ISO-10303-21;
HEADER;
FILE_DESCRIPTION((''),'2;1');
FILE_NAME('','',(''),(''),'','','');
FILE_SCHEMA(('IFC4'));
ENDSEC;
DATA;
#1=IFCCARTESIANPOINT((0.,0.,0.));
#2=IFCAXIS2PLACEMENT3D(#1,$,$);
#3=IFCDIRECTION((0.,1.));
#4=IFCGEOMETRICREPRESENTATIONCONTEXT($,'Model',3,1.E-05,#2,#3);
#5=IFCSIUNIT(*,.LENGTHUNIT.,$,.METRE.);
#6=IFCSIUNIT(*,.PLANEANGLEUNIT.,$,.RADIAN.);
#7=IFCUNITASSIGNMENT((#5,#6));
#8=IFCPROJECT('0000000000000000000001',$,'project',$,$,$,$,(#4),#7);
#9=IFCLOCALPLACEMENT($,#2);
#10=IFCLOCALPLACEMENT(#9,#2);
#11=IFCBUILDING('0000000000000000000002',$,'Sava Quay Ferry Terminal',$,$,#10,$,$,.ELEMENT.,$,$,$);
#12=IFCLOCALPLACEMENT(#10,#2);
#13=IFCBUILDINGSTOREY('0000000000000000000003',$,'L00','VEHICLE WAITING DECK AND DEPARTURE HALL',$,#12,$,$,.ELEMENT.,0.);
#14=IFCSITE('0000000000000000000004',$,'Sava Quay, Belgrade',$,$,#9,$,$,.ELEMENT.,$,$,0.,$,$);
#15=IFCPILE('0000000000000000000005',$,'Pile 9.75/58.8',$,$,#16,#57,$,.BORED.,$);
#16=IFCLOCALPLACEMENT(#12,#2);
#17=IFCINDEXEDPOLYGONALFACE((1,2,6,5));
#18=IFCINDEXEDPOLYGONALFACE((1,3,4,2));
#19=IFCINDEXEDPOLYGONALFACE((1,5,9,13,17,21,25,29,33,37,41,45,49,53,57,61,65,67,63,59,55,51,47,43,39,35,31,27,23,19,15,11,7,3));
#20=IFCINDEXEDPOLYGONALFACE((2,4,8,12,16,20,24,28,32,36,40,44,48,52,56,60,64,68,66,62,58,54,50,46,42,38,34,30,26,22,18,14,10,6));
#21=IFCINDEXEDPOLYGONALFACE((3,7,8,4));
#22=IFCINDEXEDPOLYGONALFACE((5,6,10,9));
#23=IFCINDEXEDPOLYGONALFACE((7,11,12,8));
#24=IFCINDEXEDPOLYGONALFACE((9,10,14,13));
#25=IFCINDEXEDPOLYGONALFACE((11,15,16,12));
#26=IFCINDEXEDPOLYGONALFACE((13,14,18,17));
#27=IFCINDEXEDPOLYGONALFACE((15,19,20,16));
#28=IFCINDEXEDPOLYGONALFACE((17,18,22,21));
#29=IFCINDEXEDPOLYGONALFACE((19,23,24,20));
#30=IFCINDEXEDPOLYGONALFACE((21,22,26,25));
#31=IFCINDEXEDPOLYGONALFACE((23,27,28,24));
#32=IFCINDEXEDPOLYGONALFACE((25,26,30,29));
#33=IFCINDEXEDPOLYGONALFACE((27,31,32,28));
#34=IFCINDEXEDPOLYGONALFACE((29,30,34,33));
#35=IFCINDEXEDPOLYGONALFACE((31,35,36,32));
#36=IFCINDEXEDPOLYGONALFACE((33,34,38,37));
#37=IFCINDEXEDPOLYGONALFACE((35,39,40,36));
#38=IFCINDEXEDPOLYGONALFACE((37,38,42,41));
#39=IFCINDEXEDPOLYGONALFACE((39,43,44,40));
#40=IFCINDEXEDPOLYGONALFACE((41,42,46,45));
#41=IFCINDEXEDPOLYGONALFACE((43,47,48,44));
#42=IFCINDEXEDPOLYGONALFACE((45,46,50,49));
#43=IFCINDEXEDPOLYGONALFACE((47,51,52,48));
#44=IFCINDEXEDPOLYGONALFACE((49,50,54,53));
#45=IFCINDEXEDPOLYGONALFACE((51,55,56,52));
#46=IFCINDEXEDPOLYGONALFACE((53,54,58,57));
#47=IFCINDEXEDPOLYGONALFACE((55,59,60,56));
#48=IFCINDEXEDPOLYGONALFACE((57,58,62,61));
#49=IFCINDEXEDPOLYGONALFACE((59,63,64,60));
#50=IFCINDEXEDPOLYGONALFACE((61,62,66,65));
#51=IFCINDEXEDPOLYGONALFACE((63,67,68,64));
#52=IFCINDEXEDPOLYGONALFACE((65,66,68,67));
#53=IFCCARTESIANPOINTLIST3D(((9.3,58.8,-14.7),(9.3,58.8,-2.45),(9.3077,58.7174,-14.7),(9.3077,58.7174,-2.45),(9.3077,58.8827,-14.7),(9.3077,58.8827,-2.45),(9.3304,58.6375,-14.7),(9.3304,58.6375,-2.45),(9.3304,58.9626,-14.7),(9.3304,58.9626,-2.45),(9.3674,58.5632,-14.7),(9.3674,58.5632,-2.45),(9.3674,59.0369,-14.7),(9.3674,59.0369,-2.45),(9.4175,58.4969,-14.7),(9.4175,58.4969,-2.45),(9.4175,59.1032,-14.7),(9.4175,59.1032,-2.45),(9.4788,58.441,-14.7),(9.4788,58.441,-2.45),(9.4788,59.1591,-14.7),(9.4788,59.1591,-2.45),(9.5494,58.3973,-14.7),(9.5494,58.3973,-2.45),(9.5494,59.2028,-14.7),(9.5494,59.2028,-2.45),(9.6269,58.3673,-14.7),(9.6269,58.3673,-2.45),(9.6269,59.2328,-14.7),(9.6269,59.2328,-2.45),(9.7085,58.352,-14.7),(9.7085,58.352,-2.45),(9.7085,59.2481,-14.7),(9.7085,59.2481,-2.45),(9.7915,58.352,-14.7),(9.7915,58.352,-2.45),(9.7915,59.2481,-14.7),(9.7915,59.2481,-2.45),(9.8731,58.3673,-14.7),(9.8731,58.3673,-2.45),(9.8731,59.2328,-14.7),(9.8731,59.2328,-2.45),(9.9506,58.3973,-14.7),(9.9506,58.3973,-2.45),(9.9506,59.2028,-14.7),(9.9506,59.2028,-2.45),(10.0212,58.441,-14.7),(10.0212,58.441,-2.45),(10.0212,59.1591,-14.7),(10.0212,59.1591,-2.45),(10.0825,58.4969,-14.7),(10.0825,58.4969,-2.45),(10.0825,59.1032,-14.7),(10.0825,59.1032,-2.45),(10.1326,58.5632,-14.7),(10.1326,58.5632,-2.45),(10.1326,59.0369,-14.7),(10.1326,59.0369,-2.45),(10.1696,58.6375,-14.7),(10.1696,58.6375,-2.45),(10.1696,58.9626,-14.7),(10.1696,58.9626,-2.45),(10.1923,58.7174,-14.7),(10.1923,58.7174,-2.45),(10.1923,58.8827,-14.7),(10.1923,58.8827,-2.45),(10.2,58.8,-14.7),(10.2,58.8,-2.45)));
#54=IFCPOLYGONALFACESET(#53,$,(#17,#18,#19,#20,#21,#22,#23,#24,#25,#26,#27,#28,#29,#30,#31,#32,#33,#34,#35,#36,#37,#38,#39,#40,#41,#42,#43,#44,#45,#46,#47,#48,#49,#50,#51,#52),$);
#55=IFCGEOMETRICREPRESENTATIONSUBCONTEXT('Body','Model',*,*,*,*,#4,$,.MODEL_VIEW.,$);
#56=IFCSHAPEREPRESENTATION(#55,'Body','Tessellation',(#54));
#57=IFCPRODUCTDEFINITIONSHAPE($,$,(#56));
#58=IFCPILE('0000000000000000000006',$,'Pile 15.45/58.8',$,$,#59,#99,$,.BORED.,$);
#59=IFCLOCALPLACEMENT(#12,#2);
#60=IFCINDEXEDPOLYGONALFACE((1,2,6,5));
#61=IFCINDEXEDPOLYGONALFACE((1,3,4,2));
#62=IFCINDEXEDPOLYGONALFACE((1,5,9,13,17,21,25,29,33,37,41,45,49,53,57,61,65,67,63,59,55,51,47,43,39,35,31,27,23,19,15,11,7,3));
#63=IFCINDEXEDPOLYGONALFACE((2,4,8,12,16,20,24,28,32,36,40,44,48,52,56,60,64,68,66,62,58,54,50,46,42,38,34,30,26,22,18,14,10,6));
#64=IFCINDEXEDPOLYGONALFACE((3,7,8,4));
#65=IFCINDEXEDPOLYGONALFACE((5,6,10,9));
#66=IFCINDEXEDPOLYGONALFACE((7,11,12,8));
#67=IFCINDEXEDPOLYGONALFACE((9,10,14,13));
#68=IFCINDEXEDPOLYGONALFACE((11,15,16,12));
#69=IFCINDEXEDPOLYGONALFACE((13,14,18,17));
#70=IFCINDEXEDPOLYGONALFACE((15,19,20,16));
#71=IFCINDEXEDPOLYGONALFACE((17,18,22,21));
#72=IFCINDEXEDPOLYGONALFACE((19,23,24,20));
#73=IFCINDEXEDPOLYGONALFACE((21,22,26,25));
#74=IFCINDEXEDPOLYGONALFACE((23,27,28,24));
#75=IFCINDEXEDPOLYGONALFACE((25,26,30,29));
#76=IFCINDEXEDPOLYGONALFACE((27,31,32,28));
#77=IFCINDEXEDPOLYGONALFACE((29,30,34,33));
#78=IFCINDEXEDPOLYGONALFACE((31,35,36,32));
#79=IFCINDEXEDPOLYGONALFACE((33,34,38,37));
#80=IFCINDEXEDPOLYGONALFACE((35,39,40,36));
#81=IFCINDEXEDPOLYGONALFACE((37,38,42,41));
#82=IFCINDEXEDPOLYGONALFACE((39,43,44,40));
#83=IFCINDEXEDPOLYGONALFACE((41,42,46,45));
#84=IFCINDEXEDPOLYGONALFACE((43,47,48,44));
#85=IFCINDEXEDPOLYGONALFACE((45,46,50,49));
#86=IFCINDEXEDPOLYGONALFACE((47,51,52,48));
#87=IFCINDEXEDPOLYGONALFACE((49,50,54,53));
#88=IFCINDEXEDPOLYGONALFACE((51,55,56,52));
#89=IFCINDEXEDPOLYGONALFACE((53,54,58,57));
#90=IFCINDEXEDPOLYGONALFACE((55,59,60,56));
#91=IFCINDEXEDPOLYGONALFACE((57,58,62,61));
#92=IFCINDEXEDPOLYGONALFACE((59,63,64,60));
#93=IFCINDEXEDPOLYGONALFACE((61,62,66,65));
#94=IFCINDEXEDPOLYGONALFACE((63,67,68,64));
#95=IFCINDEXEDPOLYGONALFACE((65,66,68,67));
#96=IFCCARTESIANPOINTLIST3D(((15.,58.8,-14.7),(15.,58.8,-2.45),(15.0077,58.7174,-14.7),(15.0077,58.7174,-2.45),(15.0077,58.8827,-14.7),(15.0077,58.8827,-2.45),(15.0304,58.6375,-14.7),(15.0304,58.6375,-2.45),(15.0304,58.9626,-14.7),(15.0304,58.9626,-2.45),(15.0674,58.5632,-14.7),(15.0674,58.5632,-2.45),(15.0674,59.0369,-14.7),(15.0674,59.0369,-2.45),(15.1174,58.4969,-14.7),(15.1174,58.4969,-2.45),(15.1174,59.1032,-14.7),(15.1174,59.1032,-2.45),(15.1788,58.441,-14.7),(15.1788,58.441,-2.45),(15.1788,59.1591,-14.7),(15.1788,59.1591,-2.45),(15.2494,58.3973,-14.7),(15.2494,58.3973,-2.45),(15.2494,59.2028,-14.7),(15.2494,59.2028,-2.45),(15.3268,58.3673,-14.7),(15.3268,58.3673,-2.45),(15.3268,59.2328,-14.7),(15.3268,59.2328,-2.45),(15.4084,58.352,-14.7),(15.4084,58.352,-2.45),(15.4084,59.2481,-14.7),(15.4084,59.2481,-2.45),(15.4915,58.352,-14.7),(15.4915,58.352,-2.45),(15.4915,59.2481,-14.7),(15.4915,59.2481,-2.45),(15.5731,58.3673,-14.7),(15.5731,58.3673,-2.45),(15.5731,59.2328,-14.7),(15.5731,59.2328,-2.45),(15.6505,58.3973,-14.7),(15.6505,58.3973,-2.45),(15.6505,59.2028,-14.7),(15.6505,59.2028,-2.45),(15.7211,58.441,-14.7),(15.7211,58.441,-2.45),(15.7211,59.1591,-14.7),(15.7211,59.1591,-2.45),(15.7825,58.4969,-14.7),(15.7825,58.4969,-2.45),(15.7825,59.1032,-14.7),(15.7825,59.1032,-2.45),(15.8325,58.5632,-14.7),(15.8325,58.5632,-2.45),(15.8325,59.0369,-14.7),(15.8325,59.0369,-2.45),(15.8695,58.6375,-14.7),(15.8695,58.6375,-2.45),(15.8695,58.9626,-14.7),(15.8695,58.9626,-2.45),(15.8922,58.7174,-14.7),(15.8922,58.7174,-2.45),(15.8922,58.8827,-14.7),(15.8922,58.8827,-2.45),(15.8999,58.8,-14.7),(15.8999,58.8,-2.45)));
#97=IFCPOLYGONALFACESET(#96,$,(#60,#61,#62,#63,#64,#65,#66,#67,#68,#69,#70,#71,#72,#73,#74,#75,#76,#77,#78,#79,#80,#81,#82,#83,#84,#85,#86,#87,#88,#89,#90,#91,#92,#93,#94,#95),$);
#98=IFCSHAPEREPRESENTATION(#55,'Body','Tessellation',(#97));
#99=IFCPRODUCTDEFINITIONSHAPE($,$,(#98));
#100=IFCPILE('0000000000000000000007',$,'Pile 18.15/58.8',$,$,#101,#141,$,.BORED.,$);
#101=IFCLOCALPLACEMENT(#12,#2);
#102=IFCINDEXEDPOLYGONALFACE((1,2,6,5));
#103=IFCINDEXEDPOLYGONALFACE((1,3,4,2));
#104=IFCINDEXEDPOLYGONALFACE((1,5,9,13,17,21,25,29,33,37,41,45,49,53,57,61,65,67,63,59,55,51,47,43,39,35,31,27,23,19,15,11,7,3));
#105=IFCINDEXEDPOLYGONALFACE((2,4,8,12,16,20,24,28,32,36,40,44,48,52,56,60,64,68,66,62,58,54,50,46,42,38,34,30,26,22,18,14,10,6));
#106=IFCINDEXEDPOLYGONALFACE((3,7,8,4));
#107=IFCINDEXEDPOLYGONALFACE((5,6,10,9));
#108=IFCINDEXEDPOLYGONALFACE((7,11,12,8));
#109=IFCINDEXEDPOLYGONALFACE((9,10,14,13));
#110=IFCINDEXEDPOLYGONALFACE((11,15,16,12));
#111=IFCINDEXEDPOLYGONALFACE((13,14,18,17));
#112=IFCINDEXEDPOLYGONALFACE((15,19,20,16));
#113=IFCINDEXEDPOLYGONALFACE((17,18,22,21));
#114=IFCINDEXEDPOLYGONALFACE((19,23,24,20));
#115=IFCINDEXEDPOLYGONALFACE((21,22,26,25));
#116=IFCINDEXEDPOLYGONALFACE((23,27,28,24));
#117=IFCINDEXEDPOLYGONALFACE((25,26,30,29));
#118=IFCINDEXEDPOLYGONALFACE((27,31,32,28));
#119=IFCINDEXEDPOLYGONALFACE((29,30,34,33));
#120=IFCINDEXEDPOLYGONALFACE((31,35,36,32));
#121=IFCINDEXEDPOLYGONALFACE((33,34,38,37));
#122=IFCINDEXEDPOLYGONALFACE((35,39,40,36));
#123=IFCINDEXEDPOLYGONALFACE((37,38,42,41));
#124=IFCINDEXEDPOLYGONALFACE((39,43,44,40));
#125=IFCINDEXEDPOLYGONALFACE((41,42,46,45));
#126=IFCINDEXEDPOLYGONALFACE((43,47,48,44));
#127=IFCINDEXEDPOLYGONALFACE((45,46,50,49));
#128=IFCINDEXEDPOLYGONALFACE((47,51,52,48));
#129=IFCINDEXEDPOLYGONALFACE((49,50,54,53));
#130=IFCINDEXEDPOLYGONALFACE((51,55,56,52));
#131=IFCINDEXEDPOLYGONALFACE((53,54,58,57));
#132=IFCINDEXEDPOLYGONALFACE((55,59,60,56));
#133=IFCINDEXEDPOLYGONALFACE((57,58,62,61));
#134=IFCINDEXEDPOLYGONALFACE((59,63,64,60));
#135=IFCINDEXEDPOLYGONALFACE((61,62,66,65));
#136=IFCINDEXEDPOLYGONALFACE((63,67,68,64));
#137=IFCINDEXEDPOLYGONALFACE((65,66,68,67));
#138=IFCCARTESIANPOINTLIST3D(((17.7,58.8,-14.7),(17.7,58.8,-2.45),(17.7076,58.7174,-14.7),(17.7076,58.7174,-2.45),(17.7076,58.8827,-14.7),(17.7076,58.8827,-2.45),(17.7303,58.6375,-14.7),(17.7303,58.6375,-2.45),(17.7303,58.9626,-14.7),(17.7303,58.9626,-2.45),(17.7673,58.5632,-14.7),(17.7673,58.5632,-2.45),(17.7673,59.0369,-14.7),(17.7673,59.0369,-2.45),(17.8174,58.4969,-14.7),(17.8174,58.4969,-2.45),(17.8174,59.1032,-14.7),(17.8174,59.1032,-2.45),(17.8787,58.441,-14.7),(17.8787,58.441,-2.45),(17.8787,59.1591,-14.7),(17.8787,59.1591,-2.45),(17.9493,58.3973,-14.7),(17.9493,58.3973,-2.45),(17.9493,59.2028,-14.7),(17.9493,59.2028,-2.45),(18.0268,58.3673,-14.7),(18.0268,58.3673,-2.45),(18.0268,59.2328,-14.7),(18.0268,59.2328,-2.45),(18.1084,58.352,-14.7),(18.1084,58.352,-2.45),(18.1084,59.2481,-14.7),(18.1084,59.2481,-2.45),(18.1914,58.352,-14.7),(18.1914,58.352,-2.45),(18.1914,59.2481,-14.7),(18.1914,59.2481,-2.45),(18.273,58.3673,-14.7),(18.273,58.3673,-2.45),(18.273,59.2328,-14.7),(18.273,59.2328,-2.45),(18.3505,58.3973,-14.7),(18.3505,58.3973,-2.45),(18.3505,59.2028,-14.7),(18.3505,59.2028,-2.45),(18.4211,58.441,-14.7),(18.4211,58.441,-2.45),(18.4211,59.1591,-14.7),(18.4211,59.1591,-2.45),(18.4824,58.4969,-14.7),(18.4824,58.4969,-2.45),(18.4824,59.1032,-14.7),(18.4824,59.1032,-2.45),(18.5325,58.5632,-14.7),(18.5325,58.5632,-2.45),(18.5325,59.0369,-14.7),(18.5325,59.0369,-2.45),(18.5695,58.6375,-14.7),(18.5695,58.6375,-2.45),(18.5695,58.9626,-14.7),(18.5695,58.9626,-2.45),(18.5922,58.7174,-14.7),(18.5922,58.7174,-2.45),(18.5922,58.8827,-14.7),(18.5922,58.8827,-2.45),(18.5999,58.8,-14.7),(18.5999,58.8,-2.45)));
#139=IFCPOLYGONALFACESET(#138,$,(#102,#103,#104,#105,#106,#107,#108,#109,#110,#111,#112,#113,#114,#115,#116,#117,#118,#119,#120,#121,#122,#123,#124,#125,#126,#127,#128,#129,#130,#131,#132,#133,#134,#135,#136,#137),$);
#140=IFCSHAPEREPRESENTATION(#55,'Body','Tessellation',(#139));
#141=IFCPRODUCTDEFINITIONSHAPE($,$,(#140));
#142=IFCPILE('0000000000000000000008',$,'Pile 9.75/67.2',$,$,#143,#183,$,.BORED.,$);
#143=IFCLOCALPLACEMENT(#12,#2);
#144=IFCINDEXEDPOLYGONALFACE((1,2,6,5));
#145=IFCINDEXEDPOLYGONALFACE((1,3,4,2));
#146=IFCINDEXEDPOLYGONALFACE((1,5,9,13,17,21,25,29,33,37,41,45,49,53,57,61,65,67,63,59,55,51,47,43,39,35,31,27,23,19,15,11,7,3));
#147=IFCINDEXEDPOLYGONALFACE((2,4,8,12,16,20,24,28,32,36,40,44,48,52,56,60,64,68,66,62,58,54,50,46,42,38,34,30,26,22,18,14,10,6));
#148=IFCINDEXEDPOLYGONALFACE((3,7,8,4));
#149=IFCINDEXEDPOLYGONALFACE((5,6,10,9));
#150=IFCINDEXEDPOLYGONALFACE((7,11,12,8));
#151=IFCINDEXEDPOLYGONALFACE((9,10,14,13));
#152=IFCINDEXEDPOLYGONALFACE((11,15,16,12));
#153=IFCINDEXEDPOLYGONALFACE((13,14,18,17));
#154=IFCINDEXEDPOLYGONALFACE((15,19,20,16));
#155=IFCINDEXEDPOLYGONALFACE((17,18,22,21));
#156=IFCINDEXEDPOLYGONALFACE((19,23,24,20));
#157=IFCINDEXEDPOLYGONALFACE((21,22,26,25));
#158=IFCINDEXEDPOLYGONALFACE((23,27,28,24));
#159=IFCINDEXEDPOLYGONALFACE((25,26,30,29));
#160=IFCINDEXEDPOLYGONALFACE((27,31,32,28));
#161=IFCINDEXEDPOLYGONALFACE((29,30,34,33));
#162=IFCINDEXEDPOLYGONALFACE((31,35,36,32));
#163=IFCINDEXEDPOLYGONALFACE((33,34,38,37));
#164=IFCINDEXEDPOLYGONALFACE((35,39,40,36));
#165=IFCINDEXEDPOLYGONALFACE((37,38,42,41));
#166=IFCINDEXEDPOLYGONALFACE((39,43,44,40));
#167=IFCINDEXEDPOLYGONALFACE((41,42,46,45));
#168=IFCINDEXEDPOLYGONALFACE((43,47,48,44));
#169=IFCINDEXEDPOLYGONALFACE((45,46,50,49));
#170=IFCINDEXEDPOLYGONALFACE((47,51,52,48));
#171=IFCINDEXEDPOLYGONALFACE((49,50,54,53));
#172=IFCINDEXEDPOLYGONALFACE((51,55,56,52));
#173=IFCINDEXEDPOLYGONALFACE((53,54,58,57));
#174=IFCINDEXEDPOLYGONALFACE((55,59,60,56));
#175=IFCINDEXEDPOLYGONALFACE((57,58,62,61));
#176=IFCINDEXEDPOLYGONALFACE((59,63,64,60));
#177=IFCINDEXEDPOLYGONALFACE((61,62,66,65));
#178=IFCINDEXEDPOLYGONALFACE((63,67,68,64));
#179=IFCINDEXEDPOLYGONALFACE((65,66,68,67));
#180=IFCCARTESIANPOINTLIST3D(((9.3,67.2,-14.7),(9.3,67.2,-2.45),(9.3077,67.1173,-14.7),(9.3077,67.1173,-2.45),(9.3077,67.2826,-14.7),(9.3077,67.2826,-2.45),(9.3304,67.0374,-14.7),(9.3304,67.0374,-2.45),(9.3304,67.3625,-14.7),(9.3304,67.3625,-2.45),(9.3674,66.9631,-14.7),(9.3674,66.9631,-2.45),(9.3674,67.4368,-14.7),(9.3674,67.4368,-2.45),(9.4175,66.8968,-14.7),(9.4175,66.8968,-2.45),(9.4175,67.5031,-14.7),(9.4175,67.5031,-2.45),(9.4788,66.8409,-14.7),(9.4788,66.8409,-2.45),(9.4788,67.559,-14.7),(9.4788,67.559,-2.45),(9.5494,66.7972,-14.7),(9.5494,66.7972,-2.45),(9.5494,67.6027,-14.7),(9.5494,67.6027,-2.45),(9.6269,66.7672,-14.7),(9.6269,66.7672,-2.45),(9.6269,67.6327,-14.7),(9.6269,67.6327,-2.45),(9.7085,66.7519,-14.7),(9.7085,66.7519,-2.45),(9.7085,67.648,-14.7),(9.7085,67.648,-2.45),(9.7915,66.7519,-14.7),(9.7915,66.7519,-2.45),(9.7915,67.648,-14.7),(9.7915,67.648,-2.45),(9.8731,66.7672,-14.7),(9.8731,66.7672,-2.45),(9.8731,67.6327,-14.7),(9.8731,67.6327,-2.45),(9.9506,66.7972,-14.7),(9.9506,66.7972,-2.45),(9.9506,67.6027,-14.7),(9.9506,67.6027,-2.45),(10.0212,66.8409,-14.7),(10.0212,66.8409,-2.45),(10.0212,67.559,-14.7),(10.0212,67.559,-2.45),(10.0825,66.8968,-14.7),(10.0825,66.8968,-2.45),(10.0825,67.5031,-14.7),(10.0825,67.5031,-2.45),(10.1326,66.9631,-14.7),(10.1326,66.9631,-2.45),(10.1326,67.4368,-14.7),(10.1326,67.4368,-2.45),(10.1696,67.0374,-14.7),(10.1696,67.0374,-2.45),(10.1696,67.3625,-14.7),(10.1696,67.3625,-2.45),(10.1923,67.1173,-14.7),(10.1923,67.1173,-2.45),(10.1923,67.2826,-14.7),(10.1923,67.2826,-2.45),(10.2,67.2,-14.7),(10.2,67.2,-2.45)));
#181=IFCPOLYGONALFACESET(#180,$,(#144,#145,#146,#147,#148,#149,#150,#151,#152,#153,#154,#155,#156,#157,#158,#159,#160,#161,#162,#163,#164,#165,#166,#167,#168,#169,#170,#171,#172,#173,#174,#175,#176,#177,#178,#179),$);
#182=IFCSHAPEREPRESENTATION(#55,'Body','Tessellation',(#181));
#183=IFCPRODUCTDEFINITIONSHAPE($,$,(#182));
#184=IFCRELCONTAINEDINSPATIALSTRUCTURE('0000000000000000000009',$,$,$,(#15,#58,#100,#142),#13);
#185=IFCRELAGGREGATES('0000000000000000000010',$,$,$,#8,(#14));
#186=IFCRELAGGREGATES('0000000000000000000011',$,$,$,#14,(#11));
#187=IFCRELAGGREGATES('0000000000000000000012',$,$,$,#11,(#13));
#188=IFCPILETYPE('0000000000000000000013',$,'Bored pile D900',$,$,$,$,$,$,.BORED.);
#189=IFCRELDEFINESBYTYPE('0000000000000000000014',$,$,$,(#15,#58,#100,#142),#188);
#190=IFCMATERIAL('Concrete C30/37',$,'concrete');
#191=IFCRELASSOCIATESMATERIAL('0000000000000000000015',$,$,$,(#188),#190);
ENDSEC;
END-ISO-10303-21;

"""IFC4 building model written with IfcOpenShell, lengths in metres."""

from ifc_helpers import new_model, si_unit, direction, frame, origin, origin_2d, place, context, subcontext, project, spatial, circle, extrude, material, material_profile, profile_set, type_object, element, save


model = new_model("IFC4")

# Units and contexts
model_context = context("Model", 3, precision=1e-05, world=origin(), true_north=direction((0.0, 1.0)))
body_context = subcontext(model_context, "Body", "Model", "MODEL_VIEW")
ifc_project = project(units=[si_unit("LENGTHUNIT", "METRE"), si_unit("PLANEANGLEUNIT", "RADIAN")], contexts=[model_context])

# Site, building, storey
site_placement = place(None, origin())
site = spatial("IfcSite", under=ifc_project, at=site_placement, Name="Sava Quay, Belgrade", CompositionType="ELEMENT", RefElevation=0.0)
building_placement = place(site_placement, origin())
building = spatial("IfcBuilding", under=site, at=building_placement, Name="Sava Quay Ferry Terminal", CompositionType="ELEMENT")
storey_placement = place(building_placement, origin())
storey = spatial("IfcBuildingStorey", under=building, at=storey_placement, Name="L00", Description="VEHICLE WAITING DECK AND DEPARTURE HALL", CompositionType="ELEMENT", Elevation=0.0)

# Piles
ifc_material_1 = material(Name="Concrete C30/37", Category="concrete")
ifc_material_profile_1 = material_profile(ifc_material_1, circle(Radius=0.45, at=origin_2d()), Name="Bored pile D900")
ifc_profile_set_1 = profile_set([ifc_material_profile_1], Name="Concrete C30/37")
pile_type = type_object("IfcPileType", Name="Bored pile D900", PredefinedType="BORED", material=ifc_profile_set_1)
for number, where, z_axis, x_axis, name in (
    (1, (9.75, 58.8, -2.45), (0.0, 0.0, -1.0), (1.0, 0.0, 0.0), "Pile 9.75/58.8"),
    (2, (15.45, 58.8, -2.45), (0.0, 0.0, -1.0), (1.0, 0.0, 0.0), "Pile 15.45/58.8"),
    (3, (18.1499, 58.8, -2.45), (0.0, 0.0, -1.0), (1.0, 0.0, 0.0), "Pile 18.15/58.8"),
    (4, (9.75, 67.2, -2.45), (0.0, 0.0, -1.0), (1.0, 0.0, 0.0), "Pile 9.75/67.2"),
):
    element("IfcPile", number, at=place(storey_placement, frame(where, z_axis=z_axis, x_axis=x_axis)), inside=storey, type_object=pile_type, Name=name, PredefinedType="BORED", context=body_context, shape_type="SweptSolid", body=[
        extrude(circle(Radius=0.45, at=origin_2d()), origin(), (0.0, 0.0, 1.0), 12.25),
    ])

save(model, "model.ifc")
